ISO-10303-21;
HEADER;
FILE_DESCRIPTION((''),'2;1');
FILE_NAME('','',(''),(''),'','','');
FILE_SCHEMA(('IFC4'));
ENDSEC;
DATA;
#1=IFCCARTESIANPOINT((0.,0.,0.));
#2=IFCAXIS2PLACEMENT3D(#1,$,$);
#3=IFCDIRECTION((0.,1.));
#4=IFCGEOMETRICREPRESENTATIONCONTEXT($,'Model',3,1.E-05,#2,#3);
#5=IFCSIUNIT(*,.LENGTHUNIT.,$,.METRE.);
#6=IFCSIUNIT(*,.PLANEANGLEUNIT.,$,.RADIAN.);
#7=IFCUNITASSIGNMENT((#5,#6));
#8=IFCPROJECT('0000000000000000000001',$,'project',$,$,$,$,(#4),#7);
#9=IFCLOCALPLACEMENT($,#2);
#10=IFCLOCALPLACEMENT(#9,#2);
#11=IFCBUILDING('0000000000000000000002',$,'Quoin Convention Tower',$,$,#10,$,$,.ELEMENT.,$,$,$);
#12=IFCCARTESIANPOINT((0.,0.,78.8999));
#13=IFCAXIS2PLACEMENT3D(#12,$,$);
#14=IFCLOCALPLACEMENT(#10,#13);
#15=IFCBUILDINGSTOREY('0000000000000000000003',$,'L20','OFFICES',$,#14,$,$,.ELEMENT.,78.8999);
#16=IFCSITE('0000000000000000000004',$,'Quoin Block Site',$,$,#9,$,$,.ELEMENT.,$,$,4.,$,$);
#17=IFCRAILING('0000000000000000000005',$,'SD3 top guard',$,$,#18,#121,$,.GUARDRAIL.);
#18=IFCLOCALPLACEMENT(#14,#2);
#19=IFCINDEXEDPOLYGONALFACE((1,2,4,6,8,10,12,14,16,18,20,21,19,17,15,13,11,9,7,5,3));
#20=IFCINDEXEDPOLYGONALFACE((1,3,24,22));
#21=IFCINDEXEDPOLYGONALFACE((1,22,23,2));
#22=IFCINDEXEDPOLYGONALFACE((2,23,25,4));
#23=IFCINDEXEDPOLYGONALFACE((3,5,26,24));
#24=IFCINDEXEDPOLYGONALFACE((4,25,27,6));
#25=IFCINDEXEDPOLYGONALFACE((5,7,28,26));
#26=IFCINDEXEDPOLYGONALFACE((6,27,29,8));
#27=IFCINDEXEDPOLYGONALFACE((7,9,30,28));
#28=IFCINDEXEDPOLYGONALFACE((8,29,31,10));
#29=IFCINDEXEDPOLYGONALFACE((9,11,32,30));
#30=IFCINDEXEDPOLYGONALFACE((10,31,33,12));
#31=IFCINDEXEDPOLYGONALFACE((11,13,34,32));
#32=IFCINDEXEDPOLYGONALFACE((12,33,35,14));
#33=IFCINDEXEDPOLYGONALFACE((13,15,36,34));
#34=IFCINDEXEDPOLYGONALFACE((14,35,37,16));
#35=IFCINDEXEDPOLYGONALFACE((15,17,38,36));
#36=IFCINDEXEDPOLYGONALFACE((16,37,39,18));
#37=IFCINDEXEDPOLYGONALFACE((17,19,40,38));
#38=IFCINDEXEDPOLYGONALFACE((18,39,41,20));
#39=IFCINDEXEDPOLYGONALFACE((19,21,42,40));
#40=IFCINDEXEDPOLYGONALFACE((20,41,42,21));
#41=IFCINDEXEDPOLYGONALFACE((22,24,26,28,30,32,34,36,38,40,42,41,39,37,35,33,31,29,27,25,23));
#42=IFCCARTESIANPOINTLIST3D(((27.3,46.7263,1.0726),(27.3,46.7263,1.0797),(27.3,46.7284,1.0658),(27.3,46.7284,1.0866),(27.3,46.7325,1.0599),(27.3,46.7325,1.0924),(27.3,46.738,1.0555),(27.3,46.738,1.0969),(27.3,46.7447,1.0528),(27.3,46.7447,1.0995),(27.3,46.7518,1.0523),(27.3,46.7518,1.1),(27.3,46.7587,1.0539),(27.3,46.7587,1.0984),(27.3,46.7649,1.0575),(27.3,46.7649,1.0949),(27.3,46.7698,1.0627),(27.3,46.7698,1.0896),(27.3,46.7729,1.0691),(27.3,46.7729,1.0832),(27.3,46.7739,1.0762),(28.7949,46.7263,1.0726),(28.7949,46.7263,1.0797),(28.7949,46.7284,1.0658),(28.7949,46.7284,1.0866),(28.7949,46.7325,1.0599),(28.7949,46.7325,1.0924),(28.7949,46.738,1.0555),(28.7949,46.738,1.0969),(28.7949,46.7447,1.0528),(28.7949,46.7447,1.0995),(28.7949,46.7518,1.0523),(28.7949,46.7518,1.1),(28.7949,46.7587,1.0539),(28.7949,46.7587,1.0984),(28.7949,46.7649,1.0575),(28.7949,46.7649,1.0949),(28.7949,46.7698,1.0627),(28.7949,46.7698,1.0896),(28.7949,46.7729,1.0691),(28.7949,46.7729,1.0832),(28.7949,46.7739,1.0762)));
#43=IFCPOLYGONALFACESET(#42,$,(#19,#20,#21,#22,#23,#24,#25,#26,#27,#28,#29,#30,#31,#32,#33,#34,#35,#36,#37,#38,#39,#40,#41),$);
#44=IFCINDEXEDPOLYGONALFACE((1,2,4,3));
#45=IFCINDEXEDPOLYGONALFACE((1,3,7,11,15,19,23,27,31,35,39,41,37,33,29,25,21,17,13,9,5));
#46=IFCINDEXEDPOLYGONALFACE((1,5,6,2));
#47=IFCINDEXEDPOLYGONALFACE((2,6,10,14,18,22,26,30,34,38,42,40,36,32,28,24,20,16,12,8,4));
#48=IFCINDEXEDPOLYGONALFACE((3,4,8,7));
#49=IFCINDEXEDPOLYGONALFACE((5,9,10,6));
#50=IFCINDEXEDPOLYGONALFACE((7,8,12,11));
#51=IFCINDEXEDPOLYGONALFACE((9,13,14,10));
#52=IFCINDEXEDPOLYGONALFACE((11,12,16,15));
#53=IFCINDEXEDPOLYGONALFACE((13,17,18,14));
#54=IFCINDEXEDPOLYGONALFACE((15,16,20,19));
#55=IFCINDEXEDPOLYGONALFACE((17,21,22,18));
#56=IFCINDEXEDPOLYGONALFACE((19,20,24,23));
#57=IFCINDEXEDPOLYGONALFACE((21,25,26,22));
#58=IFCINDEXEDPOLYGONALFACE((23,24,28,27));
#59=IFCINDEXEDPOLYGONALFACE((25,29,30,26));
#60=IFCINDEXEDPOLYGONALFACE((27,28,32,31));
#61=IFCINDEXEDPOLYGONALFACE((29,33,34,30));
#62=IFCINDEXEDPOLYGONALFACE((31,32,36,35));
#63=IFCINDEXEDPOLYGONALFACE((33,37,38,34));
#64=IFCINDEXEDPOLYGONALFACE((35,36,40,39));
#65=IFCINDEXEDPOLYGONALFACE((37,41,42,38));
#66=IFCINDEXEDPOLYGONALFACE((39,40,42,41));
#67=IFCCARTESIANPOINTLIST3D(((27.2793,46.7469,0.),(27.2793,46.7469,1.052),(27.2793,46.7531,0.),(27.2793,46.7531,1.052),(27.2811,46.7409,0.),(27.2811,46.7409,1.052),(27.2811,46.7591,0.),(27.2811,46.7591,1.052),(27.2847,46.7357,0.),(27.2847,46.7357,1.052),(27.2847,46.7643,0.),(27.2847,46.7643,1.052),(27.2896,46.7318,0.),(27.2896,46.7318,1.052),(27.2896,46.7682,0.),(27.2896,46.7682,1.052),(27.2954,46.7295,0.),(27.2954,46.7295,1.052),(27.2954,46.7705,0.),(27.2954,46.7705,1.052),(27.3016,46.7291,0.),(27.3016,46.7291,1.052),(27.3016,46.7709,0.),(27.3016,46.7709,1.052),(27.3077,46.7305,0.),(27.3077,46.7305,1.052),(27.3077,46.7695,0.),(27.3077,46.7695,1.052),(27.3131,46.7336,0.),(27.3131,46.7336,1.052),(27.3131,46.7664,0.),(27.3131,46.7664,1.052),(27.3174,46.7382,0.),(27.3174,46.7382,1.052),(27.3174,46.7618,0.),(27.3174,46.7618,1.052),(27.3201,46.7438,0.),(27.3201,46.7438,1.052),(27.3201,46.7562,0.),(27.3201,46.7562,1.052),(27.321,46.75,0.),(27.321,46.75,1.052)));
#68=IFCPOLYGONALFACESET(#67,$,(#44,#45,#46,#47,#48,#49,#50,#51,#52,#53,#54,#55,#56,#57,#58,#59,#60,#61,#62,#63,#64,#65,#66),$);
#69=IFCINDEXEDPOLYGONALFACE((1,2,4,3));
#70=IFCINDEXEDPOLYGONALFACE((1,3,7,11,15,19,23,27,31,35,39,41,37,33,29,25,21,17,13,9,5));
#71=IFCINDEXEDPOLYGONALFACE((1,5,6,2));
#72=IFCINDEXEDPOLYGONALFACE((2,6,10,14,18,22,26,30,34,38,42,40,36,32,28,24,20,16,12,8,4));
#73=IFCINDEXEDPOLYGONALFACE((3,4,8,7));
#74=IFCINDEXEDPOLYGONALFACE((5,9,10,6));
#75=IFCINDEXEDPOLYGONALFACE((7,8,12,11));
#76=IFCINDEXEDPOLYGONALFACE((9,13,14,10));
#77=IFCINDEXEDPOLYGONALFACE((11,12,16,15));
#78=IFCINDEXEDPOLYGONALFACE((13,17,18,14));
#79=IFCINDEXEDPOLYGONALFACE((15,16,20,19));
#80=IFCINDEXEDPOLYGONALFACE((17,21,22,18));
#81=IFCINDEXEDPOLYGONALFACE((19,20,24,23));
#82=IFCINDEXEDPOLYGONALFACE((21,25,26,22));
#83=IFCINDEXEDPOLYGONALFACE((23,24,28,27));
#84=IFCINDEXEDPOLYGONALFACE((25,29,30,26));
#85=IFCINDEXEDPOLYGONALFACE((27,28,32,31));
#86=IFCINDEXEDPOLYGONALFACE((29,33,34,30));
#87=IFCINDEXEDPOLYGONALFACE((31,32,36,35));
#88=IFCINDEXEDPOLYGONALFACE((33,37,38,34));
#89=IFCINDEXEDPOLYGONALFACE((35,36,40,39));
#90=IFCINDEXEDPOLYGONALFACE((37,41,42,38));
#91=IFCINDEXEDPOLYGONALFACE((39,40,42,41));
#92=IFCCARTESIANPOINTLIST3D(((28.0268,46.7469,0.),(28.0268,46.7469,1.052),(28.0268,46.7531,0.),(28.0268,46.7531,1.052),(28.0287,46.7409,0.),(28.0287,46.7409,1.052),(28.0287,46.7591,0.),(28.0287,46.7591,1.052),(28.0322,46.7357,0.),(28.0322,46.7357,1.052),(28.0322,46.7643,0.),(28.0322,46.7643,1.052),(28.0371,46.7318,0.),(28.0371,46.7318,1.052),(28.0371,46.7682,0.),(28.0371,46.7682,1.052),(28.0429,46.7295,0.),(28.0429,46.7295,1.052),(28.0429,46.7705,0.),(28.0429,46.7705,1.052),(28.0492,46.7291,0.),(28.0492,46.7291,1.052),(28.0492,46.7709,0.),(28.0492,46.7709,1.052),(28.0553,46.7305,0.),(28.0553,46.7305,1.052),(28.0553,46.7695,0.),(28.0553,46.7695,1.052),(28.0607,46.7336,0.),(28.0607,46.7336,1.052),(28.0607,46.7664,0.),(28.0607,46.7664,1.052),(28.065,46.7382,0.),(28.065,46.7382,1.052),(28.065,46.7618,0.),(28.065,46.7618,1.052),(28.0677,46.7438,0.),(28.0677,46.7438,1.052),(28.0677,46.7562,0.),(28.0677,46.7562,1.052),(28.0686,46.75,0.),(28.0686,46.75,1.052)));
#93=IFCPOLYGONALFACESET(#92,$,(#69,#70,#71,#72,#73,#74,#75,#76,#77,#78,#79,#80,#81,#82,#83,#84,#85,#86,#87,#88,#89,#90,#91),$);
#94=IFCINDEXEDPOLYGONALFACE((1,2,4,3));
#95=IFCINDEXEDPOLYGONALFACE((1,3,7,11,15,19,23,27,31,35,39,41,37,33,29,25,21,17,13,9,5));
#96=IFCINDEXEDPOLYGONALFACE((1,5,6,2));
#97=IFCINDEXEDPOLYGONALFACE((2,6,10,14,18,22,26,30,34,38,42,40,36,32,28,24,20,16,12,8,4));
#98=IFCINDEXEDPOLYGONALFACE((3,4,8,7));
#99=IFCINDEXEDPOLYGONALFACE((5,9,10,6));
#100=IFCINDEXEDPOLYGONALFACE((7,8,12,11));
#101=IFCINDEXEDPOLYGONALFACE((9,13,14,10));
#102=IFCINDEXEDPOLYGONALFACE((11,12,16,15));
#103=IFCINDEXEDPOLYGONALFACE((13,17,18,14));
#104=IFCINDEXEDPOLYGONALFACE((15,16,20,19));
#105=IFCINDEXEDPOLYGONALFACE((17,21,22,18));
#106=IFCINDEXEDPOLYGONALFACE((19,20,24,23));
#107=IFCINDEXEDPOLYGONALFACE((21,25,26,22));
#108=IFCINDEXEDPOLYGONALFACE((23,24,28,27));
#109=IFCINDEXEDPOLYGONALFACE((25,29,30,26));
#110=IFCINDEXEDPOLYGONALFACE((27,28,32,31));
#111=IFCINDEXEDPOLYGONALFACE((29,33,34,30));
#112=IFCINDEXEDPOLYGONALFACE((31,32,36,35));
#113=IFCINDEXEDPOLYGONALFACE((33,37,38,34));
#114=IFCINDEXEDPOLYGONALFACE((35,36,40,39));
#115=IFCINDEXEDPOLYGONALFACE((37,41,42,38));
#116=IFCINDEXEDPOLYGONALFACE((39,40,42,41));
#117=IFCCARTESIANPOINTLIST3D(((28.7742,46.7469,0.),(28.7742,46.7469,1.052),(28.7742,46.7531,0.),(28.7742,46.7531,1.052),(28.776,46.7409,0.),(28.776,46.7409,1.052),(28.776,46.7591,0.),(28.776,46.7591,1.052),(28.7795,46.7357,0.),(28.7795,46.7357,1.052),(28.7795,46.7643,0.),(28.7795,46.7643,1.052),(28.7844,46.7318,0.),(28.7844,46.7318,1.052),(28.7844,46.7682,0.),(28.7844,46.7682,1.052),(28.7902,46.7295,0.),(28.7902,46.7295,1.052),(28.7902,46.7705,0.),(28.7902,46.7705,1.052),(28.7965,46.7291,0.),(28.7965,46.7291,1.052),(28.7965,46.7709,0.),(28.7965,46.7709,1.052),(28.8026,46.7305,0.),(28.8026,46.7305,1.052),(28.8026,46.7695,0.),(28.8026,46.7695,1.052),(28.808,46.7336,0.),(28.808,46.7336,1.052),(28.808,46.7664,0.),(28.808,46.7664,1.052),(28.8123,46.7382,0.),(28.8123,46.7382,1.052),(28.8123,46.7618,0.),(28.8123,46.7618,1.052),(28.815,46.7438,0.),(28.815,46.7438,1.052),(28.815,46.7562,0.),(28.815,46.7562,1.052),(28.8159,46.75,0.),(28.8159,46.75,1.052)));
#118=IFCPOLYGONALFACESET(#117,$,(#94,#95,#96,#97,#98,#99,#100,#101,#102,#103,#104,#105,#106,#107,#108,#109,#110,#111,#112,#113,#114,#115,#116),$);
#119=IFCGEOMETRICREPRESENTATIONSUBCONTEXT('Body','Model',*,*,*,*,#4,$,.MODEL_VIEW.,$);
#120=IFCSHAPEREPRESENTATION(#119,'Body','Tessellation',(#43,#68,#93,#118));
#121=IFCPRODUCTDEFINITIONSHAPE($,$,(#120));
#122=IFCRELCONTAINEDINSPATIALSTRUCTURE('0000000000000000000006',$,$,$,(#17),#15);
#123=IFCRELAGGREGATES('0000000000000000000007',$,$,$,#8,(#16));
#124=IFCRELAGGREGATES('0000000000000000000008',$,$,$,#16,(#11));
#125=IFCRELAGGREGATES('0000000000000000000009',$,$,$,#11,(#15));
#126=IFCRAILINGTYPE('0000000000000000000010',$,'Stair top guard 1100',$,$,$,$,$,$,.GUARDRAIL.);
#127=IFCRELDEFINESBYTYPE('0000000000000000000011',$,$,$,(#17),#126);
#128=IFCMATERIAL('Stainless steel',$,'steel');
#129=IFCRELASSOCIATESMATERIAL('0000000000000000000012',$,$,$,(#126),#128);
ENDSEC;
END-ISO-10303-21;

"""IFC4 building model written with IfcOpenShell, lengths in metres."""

from ifc_helpers import new_model, si_unit, direction, frame, origin, origin_2d, place, context, subcontext, project, spatial, circle, extrude, material, type_object, element, save


model = new_model("IFC4")

# Units and contexts
model_context = context("Model", 3, precision=1e-05, world=origin(), true_north=direction((0.0, 1.0)))
body_context = subcontext(model_context, "Body", "Model", "MODEL_VIEW")
ifc_project = project(units=[si_unit("LENGTHUNIT", "METRE"), si_unit("PLANEANGLEUNIT", "RADIAN")], contexts=[model_context])

# Site, building, storey
site_placement = place(None, origin())
site = spatial("IfcSite", under=ifc_project, at=site_placement, Name="Quoin Block Site", CompositionType="ELEMENT", RefElevation=4.0)
building_placement = place(site_placement, origin())
building = spatial("IfcBuilding", under=site, at=building_placement, Name="Quoin Convention Tower", CompositionType="ELEMENT")
storey_placement = place(building_placement, frame((0.0, 0.0, 78.8999)))
storey = spatial("IfcBuildingStorey", under=building, at=storey_placement, Name="L20", Description="OFFICES", CompositionType="ELEMENT", Elevation=78.8999)

# Railing
ifc_material_1 = material(Name="Stainless steel", Category="steel")
railing_type_1 = type_object("IfcRailingType", Name="Stair top guard 1100", PredefinedType="GUARDRAIL", material=ifc_material_1)
railing_1_placement = place(storey_placement, frame((27.3, 46.75, 0.0)))
element("IfcRailing", 1, at=railing_1_placement, inside=storey, type_object=railing_type_1, Name="SD3 top guard", PredefinedType="GUARDRAIL", context=body_context, shape_type="SweptSolid", body=[
    extrude(circle(Radius=0.0239, at=origin_2d()), frame((0.0, 0.0, 1.0762), z_axis=(1.0, 0.0, 0.0), x_axis=(0.0, 1.0, 0.0)), (0.0, 0.0, 1.0), 1.4949),
    extrude(circle(Radius=0.021, at=origin_2d()), origin(), (0.0, 0.0, 1.0), 1.052),
    extrude(circle(Radius=0.021, at=origin_2d()), frame((0.7476, 0.0, 0.0)), (0.0, 0.0, 1.0), 1.052),
    extrude(circle(Radius=0.021, at=origin_2d()), frame((1.4949, 0.0, 0.0)), (0.0, 0.0, 1.0), 1.052),
])

save(model, "model.ifc")
